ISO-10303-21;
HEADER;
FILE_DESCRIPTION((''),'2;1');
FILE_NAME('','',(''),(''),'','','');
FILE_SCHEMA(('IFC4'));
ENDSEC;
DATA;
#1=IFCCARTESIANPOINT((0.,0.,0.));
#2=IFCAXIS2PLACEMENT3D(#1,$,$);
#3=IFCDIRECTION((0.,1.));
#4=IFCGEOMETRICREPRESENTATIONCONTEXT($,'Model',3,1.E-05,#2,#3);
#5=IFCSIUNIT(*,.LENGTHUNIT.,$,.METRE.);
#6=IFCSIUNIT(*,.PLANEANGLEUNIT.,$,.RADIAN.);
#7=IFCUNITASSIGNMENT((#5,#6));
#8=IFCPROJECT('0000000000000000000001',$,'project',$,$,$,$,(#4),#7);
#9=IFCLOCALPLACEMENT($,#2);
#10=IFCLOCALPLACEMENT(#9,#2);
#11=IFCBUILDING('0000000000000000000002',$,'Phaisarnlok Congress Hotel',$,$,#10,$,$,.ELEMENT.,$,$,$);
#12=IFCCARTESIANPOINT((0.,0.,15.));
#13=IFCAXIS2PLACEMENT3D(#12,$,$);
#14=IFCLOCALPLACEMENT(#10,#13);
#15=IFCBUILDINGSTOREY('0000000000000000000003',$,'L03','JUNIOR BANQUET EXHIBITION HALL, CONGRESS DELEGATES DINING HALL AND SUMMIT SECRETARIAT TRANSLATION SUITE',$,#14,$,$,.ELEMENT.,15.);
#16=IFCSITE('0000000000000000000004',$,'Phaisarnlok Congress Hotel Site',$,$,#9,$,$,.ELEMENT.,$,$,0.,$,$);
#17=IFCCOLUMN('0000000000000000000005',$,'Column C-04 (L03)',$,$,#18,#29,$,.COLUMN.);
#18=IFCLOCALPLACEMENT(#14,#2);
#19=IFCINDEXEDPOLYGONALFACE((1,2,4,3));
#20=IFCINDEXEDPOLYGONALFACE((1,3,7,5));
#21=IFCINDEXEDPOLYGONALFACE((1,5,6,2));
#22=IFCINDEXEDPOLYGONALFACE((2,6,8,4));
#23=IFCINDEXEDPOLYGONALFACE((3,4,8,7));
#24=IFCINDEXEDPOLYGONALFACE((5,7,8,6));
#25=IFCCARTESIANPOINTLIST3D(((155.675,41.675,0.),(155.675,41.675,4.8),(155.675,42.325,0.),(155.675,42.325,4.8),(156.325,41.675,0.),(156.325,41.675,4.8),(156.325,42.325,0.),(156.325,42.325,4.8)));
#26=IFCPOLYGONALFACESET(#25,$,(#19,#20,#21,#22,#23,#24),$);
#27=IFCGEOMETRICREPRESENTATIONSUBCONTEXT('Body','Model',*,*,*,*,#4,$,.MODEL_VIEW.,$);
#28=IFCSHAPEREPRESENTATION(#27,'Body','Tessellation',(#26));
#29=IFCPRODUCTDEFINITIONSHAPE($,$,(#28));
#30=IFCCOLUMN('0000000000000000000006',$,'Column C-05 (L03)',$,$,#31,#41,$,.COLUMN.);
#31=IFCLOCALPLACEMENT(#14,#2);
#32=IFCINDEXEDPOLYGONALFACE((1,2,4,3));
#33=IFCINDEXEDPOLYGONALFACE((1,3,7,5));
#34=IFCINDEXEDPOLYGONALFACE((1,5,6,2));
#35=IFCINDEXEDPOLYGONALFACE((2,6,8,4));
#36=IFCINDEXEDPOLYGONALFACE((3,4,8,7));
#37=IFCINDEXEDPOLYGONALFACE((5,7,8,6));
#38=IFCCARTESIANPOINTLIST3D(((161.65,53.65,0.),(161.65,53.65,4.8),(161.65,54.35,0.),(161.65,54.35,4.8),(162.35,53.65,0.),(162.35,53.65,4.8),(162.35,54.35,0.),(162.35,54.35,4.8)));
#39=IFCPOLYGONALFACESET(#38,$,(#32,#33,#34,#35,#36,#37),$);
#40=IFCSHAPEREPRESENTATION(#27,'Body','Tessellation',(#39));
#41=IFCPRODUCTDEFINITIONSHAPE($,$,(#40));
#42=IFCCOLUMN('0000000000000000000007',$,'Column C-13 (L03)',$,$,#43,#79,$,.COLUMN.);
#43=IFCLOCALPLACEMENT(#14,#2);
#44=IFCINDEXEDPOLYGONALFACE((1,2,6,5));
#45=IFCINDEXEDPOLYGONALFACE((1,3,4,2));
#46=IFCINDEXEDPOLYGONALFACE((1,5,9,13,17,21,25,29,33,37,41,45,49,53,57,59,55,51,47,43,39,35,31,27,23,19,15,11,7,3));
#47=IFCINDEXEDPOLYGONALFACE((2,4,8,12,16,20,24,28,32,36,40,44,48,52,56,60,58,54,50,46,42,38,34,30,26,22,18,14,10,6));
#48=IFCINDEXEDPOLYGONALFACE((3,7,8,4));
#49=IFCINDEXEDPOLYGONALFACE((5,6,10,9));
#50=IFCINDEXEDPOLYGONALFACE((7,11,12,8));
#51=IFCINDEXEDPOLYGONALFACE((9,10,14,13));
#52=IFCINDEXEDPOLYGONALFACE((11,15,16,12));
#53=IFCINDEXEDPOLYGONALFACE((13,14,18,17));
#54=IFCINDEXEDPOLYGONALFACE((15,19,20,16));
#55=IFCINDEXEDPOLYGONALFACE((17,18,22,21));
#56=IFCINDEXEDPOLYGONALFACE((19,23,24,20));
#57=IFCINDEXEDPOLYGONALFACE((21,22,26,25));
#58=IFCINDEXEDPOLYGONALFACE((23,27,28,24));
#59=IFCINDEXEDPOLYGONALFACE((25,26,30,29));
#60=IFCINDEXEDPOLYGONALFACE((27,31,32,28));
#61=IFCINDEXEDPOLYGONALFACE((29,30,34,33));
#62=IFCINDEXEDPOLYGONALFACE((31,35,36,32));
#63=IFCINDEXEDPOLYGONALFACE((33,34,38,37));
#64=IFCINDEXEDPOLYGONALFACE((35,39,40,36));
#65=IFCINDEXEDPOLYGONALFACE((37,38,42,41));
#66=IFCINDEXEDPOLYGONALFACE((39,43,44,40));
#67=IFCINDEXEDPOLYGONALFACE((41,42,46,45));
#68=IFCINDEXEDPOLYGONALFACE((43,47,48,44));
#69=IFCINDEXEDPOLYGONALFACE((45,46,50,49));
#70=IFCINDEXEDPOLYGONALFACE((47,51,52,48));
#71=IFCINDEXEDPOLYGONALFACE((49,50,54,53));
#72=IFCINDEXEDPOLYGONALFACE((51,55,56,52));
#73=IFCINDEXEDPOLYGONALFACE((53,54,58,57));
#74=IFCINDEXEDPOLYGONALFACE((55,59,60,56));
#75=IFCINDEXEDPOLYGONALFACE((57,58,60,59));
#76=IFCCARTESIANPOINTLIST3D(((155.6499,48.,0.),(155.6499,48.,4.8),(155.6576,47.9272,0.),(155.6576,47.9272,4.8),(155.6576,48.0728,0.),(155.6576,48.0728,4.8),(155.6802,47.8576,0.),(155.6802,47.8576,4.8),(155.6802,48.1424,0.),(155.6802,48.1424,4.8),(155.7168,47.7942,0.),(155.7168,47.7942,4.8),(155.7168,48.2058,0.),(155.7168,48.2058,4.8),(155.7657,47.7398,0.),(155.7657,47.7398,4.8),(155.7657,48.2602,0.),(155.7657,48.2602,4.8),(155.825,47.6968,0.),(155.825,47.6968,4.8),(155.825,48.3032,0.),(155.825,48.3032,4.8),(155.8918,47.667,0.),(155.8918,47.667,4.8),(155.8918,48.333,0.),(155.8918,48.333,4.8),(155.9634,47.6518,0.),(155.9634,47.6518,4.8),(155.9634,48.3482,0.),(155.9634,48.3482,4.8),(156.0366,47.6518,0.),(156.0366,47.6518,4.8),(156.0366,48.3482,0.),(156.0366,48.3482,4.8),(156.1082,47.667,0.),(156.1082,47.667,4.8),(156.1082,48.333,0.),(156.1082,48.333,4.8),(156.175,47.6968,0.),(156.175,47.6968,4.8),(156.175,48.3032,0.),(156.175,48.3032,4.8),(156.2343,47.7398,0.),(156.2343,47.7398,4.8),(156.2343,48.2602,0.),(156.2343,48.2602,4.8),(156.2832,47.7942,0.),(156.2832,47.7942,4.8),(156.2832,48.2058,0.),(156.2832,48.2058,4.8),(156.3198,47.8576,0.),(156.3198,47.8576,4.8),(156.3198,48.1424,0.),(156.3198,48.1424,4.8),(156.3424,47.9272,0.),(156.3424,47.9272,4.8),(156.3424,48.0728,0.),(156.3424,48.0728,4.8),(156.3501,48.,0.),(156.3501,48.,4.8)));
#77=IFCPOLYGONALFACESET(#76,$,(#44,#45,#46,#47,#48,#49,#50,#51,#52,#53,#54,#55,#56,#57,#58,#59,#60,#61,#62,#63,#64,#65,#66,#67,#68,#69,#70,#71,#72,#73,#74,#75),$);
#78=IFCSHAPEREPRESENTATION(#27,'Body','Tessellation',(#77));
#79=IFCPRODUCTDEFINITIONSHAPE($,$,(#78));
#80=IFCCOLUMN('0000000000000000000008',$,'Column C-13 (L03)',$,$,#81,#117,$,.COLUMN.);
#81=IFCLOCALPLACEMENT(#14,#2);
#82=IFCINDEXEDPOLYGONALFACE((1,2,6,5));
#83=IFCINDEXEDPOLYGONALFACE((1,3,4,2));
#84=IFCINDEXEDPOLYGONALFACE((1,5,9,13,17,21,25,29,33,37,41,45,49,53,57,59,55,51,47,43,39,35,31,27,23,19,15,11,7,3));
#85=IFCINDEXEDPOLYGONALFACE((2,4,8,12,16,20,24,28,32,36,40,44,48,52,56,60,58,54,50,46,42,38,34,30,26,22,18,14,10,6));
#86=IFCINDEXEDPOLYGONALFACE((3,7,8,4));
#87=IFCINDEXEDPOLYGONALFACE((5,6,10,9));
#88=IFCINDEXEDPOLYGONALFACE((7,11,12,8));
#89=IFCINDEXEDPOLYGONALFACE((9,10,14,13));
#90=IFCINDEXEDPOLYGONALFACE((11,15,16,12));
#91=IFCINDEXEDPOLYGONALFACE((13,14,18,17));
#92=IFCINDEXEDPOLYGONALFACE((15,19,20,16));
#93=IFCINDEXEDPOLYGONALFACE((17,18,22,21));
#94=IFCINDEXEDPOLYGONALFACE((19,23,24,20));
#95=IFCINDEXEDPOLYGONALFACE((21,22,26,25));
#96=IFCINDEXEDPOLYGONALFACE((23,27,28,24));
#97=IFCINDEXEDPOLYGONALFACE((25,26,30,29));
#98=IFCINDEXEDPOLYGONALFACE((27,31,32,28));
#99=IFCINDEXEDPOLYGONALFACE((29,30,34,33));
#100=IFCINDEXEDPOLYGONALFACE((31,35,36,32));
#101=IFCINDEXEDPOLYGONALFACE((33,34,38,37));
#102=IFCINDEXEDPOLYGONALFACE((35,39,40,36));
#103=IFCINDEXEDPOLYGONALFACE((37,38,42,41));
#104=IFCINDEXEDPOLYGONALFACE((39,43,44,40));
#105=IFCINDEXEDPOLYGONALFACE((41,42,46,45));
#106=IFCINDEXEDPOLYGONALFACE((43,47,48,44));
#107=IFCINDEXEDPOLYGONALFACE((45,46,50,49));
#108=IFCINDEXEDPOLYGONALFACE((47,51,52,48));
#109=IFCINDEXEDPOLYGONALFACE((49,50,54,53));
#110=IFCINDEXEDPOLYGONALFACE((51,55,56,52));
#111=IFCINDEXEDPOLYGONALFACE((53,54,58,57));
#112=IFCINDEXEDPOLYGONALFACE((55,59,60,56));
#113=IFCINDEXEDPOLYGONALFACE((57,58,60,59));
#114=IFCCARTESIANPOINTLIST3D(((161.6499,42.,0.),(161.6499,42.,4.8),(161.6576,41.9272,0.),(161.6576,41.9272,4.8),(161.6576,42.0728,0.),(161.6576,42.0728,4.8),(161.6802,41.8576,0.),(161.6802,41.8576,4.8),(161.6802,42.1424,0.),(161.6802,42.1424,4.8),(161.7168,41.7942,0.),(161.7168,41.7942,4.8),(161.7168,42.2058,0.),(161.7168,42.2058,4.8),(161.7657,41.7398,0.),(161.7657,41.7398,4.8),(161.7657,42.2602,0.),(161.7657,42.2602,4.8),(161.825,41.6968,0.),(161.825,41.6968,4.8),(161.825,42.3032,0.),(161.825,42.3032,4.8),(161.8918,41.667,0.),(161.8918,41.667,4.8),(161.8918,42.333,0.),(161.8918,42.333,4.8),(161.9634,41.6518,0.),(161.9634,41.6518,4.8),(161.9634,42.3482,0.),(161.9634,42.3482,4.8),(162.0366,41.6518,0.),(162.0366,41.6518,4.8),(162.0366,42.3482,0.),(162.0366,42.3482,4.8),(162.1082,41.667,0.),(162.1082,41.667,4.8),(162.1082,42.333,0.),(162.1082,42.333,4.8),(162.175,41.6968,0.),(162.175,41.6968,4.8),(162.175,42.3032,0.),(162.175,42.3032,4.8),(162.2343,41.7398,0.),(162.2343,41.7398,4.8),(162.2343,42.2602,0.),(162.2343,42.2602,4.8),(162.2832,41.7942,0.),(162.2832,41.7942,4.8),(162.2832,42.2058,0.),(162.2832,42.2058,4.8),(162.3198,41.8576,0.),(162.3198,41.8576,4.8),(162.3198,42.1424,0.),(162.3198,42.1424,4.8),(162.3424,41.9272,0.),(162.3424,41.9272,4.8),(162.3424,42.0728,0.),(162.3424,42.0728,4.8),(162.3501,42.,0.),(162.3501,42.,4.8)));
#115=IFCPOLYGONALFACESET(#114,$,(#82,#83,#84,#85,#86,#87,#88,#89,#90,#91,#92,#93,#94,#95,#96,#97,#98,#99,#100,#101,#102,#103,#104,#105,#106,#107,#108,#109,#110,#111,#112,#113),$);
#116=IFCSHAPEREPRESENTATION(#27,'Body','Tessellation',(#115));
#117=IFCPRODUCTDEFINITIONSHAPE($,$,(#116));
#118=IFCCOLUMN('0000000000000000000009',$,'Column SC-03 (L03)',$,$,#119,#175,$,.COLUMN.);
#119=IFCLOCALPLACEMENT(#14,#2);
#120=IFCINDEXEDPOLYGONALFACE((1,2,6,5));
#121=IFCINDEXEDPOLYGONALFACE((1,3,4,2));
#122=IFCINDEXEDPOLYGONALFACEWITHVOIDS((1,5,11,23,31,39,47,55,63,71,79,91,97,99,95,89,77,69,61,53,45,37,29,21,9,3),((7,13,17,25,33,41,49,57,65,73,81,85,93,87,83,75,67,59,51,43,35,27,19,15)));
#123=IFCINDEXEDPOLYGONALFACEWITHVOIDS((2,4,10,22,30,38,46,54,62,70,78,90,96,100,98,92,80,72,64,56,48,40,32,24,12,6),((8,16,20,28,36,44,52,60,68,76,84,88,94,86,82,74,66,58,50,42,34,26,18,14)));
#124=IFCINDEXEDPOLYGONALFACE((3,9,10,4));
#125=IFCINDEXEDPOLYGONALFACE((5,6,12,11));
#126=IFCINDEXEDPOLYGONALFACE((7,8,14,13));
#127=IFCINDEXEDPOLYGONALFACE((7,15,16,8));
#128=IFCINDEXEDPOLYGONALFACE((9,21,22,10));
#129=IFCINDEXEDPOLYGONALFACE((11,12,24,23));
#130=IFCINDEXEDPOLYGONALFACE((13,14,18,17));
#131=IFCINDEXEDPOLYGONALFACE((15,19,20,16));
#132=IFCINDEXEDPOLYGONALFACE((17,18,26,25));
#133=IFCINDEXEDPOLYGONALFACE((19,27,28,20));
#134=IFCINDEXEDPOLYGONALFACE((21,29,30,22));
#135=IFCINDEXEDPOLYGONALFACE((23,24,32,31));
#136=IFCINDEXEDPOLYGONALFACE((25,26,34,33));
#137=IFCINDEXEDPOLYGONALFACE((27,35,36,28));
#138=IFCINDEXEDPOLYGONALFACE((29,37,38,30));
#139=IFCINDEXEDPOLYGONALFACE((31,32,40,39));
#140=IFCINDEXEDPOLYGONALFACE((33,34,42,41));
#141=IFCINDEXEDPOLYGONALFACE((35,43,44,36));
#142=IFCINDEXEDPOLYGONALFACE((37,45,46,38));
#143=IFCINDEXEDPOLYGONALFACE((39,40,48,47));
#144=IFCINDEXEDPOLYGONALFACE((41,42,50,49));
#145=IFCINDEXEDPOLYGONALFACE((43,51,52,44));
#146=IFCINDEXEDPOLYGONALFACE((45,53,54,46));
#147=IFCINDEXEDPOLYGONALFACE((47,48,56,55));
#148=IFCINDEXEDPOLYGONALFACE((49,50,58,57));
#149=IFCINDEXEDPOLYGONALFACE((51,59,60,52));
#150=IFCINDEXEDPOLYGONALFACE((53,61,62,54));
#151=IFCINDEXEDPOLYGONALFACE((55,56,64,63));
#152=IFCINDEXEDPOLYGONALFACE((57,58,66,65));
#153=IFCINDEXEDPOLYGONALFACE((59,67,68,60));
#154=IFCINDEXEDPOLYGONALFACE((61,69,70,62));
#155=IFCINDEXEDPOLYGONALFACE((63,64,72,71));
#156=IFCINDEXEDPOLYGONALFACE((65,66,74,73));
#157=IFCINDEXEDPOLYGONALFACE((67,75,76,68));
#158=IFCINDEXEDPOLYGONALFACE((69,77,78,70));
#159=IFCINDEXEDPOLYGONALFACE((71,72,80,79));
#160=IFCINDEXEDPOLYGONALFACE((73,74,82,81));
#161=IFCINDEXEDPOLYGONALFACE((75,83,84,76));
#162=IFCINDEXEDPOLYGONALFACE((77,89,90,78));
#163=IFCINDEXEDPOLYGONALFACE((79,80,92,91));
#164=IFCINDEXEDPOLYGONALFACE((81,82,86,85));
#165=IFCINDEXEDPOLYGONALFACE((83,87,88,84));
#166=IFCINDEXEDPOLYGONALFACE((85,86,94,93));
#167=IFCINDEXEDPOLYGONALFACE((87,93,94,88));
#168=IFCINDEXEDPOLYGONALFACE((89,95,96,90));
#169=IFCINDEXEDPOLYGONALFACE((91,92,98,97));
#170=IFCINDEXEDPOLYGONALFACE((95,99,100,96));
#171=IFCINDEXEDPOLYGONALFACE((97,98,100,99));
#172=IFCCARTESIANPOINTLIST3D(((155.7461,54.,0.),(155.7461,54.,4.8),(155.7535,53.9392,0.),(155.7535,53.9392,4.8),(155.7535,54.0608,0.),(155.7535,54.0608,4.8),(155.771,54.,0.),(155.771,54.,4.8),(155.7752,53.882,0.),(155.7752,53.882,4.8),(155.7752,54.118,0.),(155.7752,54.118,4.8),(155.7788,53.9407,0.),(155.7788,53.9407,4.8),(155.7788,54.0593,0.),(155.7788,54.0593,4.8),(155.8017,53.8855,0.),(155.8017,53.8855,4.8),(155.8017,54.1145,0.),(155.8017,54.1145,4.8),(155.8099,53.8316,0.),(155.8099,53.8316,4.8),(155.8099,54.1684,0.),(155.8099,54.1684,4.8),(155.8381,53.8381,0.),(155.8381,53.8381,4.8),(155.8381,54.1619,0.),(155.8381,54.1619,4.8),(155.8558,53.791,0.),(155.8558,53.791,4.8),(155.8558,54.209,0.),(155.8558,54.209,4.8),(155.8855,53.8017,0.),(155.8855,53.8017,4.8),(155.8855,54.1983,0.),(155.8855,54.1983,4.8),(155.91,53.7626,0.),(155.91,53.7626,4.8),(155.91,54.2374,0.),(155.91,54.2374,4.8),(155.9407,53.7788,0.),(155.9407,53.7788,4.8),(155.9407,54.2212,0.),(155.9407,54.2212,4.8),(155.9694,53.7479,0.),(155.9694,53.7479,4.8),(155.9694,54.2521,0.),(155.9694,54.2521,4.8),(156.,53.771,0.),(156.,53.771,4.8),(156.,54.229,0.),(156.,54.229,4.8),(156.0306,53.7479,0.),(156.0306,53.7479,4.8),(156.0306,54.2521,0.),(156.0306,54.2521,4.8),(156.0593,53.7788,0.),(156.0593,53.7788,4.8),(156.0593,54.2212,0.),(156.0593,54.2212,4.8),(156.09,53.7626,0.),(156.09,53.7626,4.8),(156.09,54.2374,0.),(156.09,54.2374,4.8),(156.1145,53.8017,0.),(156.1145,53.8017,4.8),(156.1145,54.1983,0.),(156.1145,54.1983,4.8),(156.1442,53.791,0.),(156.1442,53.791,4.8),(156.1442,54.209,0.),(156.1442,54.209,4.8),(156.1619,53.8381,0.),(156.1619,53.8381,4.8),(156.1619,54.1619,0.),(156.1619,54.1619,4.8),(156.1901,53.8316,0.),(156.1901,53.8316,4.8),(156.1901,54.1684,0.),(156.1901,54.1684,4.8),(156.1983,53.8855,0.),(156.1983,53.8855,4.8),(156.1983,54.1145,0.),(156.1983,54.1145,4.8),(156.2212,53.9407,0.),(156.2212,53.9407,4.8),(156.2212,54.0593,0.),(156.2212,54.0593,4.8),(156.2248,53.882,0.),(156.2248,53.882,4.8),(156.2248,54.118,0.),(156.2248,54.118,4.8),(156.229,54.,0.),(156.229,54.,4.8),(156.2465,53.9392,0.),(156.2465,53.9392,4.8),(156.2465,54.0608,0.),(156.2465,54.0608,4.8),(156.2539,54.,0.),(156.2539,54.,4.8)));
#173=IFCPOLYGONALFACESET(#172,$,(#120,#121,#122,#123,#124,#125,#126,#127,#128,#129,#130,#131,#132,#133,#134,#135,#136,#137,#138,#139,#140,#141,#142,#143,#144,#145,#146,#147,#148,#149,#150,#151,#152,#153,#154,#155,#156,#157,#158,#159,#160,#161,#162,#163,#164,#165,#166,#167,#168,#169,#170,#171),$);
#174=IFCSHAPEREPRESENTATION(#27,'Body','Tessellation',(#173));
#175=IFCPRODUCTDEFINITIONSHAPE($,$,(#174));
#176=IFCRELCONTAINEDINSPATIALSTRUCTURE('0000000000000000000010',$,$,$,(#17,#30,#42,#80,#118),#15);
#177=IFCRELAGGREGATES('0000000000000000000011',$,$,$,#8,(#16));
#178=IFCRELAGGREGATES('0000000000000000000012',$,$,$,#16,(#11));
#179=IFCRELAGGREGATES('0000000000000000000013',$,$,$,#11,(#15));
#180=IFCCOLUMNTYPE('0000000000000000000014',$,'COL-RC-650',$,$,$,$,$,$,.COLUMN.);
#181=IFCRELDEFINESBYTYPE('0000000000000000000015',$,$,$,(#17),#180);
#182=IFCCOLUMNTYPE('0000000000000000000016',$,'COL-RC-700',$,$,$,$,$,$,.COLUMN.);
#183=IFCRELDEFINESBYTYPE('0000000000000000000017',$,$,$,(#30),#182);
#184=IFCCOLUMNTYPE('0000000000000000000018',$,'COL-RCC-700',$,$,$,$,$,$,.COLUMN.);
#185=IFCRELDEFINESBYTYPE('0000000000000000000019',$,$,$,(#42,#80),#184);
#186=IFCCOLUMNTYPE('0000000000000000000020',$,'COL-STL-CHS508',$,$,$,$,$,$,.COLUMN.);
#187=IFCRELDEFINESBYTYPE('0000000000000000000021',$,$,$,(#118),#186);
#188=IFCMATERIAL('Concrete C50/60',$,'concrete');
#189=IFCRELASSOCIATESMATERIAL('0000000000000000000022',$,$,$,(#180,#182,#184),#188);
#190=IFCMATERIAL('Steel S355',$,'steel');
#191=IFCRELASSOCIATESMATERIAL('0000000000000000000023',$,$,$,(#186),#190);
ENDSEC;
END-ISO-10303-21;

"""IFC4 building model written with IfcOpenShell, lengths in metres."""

from ifc_helpers import new_model, si_unit, direction, frame, origin, origin_2d, place, context, subcontext, project, spatial, rectangle, circle, hollow_circle, extrude, material, material_profile, profile_set, type_object, element, save


model = new_model("IFC4")

# Units and contexts
model_context = context("Model", 3, precision=1e-05, world=origin(), true_north=direction((0.0, 1.0)))
body_context = subcontext(model_context, "Body", "Model", "MODEL_VIEW")
ifc_project = project(units=[si_unit("LENGTHUNIT", "METRE"), si_unit("PLANEANGLEUNIT", "RADIAN")], contexts=[model_context])

# Site, building, storey
site_placement = place(None, origin())
site = spatial("IfcSite", under=ifc_project, at=site_placement, Name="Phaisarnlok Congress Hotel Site", CompositionType="ELEMENT", RefElevation=0.0)
building_placement = place(site_placement, origin())
building = spatial("IfcBuilding", under=site, at=building_placement, Name="Phaisarnlok Congress Hotel", CompositionType="ELEMENT")
storey_placement = place(building_placement, frame((0.0, 0.0, 15.0)))
storey = spatial("IfcBuildingStorey", under=building, at=storey_placement, Name="L03", Description="JUNIOR BANQUET EXHIBITION HALL, CONGRESS DELEGATES DINING HALL AND SUMMIT SECRETARIAT TRANSLATION SUITE", CompositionType="ELEMENT", Elevation=15.0)

# Columns
ifc_material_1 = material(Name="Concrete C50/60", Category="concrete")
ifc_material_profile_1 = material_profile(ifc_material_1, rectangle(XDim=0.6499, YDim=0.6499, at=origin_2d()), Name="RC 650x650")
ifc_profile_set_1 = profile_set([ifc_material_profile_1], Name="Concrete C50/60")
column_type_1 = type_object("IfcColumnType", Name="COL-RC-650", PredefinedType="COLUMN", material=ifc_profile_set_1)
column_1_placement = place(storey_placement, frame((156.0, 42.0, 0.0), z_axis=(0.0, 0.0, 1.0), x_axis=(1.0, 0.0, 0.0)))
element("IfcColumn", 1, at=column_1_placement, inside=storey, type_object=column_type_1, Name="Column C-04 (L03)", PredefinedType="COLUMN", context=body_context, shape_type="SweptSolid", body=[
    extrude(rectangle(XDim=0.6499, YDim=0.6499, at=origin_2d()), origin(), (0.0, 0.0, 1.0), 4.8),
])
ifc_material_profile_2 = material_profile(ifc_material_1, rectangle(XDim=0.7, YDim=0.7, at=origin_2d()), Name="RC 700x700")
ifc_profile_set_2 = profile_set([ifc_material_profile_2], Name="Concrete C50/60")
column_type_2 = type_object("IfcColumnType", Name="COL-RC-700", PredefinedType="COLUMN", material=ifc_profile_set_2)
column_2_placement = place(storey_placement, frame((162.0, 54.0, 0.0), z_axis=(0.0, 0.0, 1.0), x_axis=(1.0, 0.0, 0.0)))
element("IfcColumn", 2, at=column_2_placement, inside=storey, type_object=column_type_2, Name="Column C-05 (L03)", PredefinedType="COLUMN", context=body_context, shape_type="SweptSolid", body=[
    extrude(rectangle(XDim=0.7, YDim=0.7, at=origin_2d()), origin(), (0.0, 0.0, 1.0), 4.8),
])
ifc_material_profile_3 = material_profile(ifc_material_1, circle(Radius=0.3501, at=origin_2d()), Name="RCC D700")
ifc_profile_set_3 = profile_set([ifc_material_profile_3], Name="Concrete C50/60")
column_type_3 = type_object("IfcColumnType", Name="COL-RCC-700", PredefinedType="COLUMN", material=ifc_profile_set_3)
for number, where, z_axis, x_axis, name in (
    (3, (156.0, 48.0, 0.0), (0.0, 0.0, 1.0), (1.0, 0.0, 0.0), "Column C-13 (L03)"),
    (4, (162.0, 42.0, 0.0), (0.0, 0.0, 1.0), (1.0, 0.0, 0.0), "Column C-13 (L03)"),
):
    element("IfcColumn", number, at=place(storey_placement, frame(where, z_axis=z_axis, x_axis=x_axis)), inside=storey, type_object=column_type_3, Name=name, PredefinedType="COLUMN", context=body_context, shape_type="SweptSolid", body=[
        extrude(circle(Radius=0.3501, at=origin_2d()), origin(), (0.0, 0.0, 1.0), 4.8),
    ])
ifc_material_2 = material(Name="Steel S355", Category="steel")
ifc_material_profile_4 = material_profile(ifc_material_2, hollow_circle(Radius=0.2539, WallThickness=0.0249, at=origin_2d()), Name="CHS 508x25")
ifc_profile_set_4 = profile_set([ifc_material_profile_4], Name="Steel S355")
column_type_4 = type_object("IfcColumnType", Name="COL-STL-CHS508", PredefinedType="COLUMN", material=ifc_profile_set_4)
for number, where, z_axis, x_axis, name in (
    (5, (156.0, 54.0, 0.0), (0.0, 0.0, 1.0), (1.0, 0.0, 0.0), "Column SC-03 (L03)"),
):
    element("IfcColumn", number, at=place(storey_placement, frame(where, z_axis=z_axis, x_axis=x_axis)), inside=storey, type_object=column_type_4, Name=name, PredefinedType="COLUMN", context=body_context, shape_type="SweptSolid", body=[
        extrude(hollow_circle(Radius=0.2539, WallThickness=0.0249, at=origin_2d()), origin(), (0.0, 0.0, 1.0), 4.8),
    ])

save(model, "model.ifc")
